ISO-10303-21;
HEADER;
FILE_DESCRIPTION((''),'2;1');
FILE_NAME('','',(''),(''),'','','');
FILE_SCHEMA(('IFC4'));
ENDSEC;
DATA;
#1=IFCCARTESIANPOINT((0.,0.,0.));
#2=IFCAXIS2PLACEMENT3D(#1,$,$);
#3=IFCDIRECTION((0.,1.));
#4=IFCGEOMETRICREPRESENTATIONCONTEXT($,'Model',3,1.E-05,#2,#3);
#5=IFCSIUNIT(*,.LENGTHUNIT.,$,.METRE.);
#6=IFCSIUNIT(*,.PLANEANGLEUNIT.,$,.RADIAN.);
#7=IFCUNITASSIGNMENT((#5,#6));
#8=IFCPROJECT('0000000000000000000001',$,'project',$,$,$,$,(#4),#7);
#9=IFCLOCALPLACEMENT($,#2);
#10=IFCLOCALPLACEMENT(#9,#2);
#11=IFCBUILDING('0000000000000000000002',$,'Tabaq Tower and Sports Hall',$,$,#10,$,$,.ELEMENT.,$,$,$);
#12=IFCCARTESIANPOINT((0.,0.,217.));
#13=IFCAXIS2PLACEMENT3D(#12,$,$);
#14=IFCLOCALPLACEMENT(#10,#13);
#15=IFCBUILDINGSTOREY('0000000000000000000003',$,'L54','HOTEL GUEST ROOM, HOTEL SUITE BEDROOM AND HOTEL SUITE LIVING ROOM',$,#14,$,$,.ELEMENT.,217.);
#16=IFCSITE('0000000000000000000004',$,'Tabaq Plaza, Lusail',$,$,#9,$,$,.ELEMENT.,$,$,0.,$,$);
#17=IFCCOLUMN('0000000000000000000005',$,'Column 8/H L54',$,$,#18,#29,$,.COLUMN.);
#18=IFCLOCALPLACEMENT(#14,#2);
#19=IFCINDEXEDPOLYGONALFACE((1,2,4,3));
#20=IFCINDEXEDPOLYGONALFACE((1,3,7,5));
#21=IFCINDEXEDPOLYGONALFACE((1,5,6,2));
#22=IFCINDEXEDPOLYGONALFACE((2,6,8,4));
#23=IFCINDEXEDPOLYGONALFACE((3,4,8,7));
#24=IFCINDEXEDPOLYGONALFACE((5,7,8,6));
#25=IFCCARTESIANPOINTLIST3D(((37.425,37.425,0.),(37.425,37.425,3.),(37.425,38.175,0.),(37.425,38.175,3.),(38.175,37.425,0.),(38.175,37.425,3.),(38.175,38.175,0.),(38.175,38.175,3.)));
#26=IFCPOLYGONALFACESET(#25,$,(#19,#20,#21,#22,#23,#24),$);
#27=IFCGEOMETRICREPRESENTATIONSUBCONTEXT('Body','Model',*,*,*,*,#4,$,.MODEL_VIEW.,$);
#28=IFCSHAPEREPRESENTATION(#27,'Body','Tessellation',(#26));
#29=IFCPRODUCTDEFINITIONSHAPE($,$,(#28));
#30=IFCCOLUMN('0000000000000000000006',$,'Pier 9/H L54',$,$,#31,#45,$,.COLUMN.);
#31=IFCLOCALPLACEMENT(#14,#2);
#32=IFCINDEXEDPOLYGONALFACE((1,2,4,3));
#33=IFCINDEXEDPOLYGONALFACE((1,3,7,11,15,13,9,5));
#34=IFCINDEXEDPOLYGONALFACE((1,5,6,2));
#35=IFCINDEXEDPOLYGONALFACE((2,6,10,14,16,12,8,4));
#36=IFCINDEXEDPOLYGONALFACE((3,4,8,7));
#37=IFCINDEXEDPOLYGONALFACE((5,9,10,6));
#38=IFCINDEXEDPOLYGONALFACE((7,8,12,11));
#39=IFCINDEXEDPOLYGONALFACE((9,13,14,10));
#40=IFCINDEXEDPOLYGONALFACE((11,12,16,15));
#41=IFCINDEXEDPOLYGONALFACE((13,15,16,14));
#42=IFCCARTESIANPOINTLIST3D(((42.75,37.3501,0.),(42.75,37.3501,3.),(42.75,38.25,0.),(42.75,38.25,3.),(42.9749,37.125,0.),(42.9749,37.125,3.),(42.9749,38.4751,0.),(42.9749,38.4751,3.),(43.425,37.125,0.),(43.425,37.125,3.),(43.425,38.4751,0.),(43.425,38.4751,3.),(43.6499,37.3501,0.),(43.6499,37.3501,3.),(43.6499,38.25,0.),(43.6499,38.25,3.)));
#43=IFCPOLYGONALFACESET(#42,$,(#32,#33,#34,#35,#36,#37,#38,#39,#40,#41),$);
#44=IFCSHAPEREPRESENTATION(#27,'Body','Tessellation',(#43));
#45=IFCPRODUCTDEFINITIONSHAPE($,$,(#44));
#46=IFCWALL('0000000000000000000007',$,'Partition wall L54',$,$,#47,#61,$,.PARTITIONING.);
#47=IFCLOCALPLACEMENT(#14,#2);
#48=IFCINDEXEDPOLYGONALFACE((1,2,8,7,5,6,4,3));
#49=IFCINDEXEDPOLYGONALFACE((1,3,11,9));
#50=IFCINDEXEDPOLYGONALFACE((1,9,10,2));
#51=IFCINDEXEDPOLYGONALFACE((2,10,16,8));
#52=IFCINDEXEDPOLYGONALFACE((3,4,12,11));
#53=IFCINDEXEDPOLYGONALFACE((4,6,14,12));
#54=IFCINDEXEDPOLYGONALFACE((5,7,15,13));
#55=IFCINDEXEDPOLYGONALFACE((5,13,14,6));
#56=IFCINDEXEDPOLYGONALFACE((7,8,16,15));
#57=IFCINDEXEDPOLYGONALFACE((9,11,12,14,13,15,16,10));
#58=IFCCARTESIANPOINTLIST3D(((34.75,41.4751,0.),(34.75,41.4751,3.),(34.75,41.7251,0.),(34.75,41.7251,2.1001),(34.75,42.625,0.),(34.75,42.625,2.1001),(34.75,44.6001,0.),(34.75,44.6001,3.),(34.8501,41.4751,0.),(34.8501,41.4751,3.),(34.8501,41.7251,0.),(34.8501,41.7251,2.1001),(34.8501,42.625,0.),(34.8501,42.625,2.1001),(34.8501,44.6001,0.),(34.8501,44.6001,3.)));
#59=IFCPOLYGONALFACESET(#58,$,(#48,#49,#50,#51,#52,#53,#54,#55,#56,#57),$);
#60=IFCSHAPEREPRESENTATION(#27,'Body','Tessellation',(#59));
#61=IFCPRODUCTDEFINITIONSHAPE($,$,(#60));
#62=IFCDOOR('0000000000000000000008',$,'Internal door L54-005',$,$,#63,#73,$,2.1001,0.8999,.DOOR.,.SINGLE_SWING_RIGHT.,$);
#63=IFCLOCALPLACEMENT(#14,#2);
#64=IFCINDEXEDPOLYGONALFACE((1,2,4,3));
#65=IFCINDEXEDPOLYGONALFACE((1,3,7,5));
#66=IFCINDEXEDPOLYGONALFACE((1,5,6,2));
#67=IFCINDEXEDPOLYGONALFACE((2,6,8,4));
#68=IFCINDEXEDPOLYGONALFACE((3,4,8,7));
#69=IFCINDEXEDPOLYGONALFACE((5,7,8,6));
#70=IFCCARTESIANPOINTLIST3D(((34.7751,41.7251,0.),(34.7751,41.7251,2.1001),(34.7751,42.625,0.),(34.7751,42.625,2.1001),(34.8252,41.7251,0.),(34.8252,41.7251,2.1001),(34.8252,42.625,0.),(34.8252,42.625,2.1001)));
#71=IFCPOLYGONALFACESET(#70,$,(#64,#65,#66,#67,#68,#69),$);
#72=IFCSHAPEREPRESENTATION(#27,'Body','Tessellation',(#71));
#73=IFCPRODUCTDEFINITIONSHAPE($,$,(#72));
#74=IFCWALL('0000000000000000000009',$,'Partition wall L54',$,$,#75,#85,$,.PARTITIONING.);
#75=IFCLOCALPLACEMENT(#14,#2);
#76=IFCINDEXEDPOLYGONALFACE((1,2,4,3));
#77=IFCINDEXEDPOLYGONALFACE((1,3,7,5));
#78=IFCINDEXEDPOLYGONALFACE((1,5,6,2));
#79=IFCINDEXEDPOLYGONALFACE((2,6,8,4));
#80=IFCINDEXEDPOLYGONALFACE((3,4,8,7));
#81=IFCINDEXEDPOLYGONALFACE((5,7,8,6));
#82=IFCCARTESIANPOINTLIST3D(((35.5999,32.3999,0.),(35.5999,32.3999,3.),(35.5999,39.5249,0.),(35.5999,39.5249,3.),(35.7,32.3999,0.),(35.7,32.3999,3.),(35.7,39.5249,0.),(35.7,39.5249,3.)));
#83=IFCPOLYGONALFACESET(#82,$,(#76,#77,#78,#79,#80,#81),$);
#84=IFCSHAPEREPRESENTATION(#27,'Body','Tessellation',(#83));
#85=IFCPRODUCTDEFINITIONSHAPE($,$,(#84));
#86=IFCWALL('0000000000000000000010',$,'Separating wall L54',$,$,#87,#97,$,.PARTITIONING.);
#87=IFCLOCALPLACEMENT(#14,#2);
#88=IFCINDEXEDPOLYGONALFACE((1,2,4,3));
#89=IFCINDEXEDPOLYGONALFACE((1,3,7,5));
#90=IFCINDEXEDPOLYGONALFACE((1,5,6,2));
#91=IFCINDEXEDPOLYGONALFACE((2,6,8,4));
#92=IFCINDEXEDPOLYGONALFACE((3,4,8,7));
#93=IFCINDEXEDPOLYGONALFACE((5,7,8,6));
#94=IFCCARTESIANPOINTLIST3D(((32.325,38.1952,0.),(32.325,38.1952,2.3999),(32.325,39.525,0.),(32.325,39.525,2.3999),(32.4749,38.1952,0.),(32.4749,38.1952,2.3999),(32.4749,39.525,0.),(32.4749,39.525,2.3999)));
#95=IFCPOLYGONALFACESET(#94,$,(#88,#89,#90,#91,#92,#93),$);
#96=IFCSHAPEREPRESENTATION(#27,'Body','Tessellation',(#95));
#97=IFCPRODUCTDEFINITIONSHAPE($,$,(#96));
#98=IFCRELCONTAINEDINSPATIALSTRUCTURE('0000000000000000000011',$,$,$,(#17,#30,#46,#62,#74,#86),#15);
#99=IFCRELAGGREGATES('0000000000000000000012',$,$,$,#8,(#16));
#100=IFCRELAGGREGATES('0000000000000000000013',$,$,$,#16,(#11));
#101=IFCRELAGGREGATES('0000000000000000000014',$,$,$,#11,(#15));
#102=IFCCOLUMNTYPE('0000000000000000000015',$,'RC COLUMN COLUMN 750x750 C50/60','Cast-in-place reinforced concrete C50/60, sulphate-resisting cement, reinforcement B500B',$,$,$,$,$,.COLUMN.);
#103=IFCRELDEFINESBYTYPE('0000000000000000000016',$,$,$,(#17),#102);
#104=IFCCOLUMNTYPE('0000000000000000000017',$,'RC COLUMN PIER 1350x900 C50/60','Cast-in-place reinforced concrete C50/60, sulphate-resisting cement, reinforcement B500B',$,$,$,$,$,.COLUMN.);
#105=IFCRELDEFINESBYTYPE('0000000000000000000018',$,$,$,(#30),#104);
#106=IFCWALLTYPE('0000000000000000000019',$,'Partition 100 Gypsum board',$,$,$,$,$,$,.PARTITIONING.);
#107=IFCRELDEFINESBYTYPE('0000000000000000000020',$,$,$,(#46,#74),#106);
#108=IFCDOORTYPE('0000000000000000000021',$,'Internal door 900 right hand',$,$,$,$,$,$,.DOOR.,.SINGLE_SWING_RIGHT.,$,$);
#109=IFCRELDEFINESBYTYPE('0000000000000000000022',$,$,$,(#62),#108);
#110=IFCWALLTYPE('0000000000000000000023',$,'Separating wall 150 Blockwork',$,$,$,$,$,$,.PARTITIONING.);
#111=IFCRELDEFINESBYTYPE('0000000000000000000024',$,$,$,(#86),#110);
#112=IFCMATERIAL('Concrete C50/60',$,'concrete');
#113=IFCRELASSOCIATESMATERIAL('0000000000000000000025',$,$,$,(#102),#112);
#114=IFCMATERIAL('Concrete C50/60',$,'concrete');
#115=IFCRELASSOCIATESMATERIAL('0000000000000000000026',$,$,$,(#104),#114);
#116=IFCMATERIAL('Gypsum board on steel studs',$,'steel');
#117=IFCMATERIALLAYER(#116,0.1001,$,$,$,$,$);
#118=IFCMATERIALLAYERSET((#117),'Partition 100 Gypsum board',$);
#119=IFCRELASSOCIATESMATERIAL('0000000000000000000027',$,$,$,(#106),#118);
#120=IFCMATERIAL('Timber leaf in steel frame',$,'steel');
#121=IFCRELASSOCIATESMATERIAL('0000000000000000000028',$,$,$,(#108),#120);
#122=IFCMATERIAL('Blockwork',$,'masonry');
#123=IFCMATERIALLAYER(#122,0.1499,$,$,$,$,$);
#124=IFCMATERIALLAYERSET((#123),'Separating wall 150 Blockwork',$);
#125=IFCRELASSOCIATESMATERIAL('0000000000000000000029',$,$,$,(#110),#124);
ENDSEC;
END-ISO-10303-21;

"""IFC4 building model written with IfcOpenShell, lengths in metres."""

from ifc_helpers import new_model, si_unit, direction, frame, frame_2d, origin, origin_2d, place, context, subcontext, project, spatial, polyline, rectangle, outline, extrude, material, layer, layer_set, material_profile, profile_set, type_object, element, fill, save


model = new_model("IFC4")

# Units and contexts
model_context = context("Model", 3, precision=1e-05, world=origin(), true_north=direction((0.0, 1.0)))
body_context = subcontext(model_context, "Body", "Model", "MODEL_VIEW")
ifc_project = project(units=[si_unit("LENGTHUNIT", "METRE"), si_unit("PLANEANGLEUNIT", "RADIAN")], contexts=[model_context])

# Site, building, storey
site_placement = place(None, origin())
site = spatial("IfcSite", under=ifc_project, at=site_placement, Name="Tabaq Plaza, Lusail", CompositionType="ELEMENT", RefElevation=0.0)
building_placement = place(site_placement, origin())
building = spatial("IfcBuilding", under=site, at=building_placement, Name="Tabaq Tower and Sports Hall", CompositionType="ELEMENT")
storey_placement = place(building_placement, frame((0.0, 0.0, 217.0)))
storey = spatial("IfcBuildingStorey", under=building, at=storey_placement, Name="L54", Description="HOTEL GUEST ROOM, HOTEL SUITE BEDROOM AND HOTEL SUITE LIVING ROOM", CompositionType="ELEMENT", Elevation=217.0)

# Columns
ifc_material_1 = material(Name="Concrete C50/60", Category="concrete")
ifc_material_profile_1 = material_profile(ifc_material_1, rectangle(XDim=0.75, YDim=0.75, at=origin_2d()), Name="COLUMN 750x750")
ifc_profile_set_1 = profile_set([ifc_material_profile_1], Name="Concrete C50/60")
column_type_1 = type_object("IfcColumnType", Name="RC COLUMN COLUMN 750x750 C50/60", Description="Cast-in-place reinforced concrete C50/60, sulphate-resisting cement, reinforcement B500B", PredefinedType="COLUMN", material=ifc_profile_set_1)
column_1_placement = place(storey_placement, frame((37.8, 37.8, 0.0), z_axis=(0.0, 0.0, 1.0), x_axis=(1.0, 0.0, 0.0)))
element("IfcColumn", 1, at=column_1_placement, inside=storey, type_object=column_type_1, Name="Column 8/H L54", PredefinedType="COLUMN", context=body_context, shape_type="SweptSolid", body=[
    extrude(rectangle(XDim=0.75, YDim=0.75, at=origin_2d()), origin(), (0.0, 0.0, 1.0), 3.0),
])
ifc_material_2 = material(Name="Concrete C50/60", Category="concrete")
ifc_material_profile_2 = material_profile(ifc_material_2, outline(polyline([(-0.45, -0.45), (0.45, -0.45), (0.675, -0.2251), (0.675, 0.2251), (0.45, 0.45), (-0.45, 0.45), (-0.675, 0.2251), (-0.675, -0.2251), (-0.45, -0.45)])), Name="PIER 1350x900")
ifc_profile_set_2 = profile_set([ifc_material_profile_2], Name="Concrete C50/60")
column_type_2 = type_object("IfcColumnType", Name="RC COLUMN PIER 1350x900 C50/60", Description="Cast-in-place reinforced concrete C50/60, sulphate-resisting cement, reinforcement B500B", PredefinedType="COLUMN", material=ifc_profile_set_2)
column_2_placement = place(storey_placement, frame((43.2, 37.8, 0.0), z_axis=(0.0, 0.0, 1.0), x_axis=(0.0, 1.0, 0.0)))
element("IfcColumn", 2, at=column_2_placement, inside=storey, type_object=column_type_2, Name="Pier 9/H L54", PredefinedType="COLUMN", context=body_context, shape_type="SweptSolid", body=[
    extrude(outline(polyline([(-0.45, -0.45), (0.45, -0.45), (0.675, -0.2251), (0.675, 0.2251), (0.45, 0.45), (-0.45, 0.45), (-0.675, 0.2251), (-0.675, -0.2251), (-0.45, -0.45)])), origin(), (0.0, 0.0, 1.0), 3.0),
])

# Wall, opening, door
ifc_material_3 = material(Name="Gypsum board on steel studs", Category="steel")
ifc_layer_1 = layer(ifc_material_3, 0.1001)
ifc_layer_set_1 = layer_set([ifc_layer_1], Name="Partition 100 Gypsum board")
wall_type_1 = type_object("IfcWallType", Name="Partition 100 Gypsum board", PredefinedType="PARTITIONING", material=ifc_layer_set_1)
wall_1_placement = place(storey_placement, frame((34.8, 41.4751, 0.0), z_axis=(0.0, 0.0, 1.0), x_axis=(0.0, 1.0, 0.0)))
wall_1 = element("IfcWall", 3, at=wall_1_placement, inside=storey, type_object=wall_type_1, Name="Partition wall L54", PredefinedType="PARTITIONING", context=body_context, shape_type="SweptSolid", body=[
    extrude(rectangle(XDim=3.125, YDim=0.1001, at=frame_2d((1.5625, 0.0))), origin(), (0.0, 0.0, 1.0), 3.0),
])
opening_1_placement = place(wall_1_placement, frame((0.25, 0.0, 0.0)))
opening_1 = element("IfcOpeningElement", 4, at=opening_1_placement, cuts=wall_1, PredefinedType="OPENING", context=body_context, shape_type="SweptSolid", body=[
    extrude(rectangle(XDim=0.8999, YDim=2.1001, at=frame_2d((0.45, 1.05))), frame((0.0, 0.05, 0.0), z_axis=(0.0, -1.0, 0.0), x_axis=(1.0, 0.0, 0.0)), (0.0, 0.0, 1.0), 0.1001),
])
ifc_material_4 = material(Name="Timber leaf in steel frame", Category="steel")
door_type_1 = type_object("IfcDoorType", Name="Internal door 900 right hand", OperationType="SINGLE_SWING_RIGHT", PredefinedType="DOOR", material=ifc_material_4)
door_1_placement = place(opening_1_placement, origin())
door_1 = element("IfcDoor", 5, at=door_1_placement, inside=storey, type_object=door_type_1, Name="Internal door L54-005", OperationType="SINGLE_SWING_RIGHT", OverallHeight=2.1001, OverallWidth=0.8999, PredefinedType="DOOR", context=body_context, shape_type="SweptSolid", body=[
    extrude(rectangle(XDim=0.8999, YDim=2.1001, at=frame_2d((0.45, 1.05))), frame((0.0, 0.0249, 0.0), z_axis=(0.0, -1.0, 0.0), x_axis=(1.0, 0.0, 0.0)), (0.0, 0.0, 1.0), 0.05),
])
fill(opening_1, door_1)

# Walls
wall_2_placement = place(storey_placement, frame((35.6499, 39.5249, 0.0), z_axis=(0.0, 0.0, 1.0), x_axis=(0.0, -1.0, 0.0)))
element("IfcWall", 6, at=wall_2_placement, inside=storey, type_object=wall_type_1, Name="Partition wall L54", PredefinedType="PARTITIONING", context=body_context, shape_type="SweptSolid", body=[
    extrude(rectangle(XDim=7.125, YDim=0.1001, at=frame_2d((3.5625, 0.0))), origin(), (0.0, 0.0, 1.0), 3.0),
])
ifc_material_5 = material(Name="Blockwork", Category="masonry")
ifc_layer_2 = layer(ifc_material_5, 0.1499)
ifc_layer_set_2 = layer_set([ifc_layer_2], Name="Separating wall 150 Blockwork")
wall_type_2 = type_object("IfcWallType", Name="Separating wall 150 Blockwork", PredefinedType="PARTITIONING", material=ifc_layer_set_2)
wall_3_placement = place(storey_placement, frame((32.3999, 38.1951, 0.0), z_axis=(0.0, 0.0, 1.0), x_axis=(0.0, 1.0, 0.0)))
element("IfcWall", 7, at=wall_3_placement, inside=storey, type_object=wall_type_2, Name="Separating wall L54", PredefinedType="PARTITIONING", context=body_context, shape_type="SweptSolid", body=[
    extrude(rectangle(XDim=1.3298, YDim=0.1499, at=frame_2d((0.665, 0.0))), origin(), (0.0, 0.0, 1.0), 2.3999),
])

save(model, "model.ifc")
